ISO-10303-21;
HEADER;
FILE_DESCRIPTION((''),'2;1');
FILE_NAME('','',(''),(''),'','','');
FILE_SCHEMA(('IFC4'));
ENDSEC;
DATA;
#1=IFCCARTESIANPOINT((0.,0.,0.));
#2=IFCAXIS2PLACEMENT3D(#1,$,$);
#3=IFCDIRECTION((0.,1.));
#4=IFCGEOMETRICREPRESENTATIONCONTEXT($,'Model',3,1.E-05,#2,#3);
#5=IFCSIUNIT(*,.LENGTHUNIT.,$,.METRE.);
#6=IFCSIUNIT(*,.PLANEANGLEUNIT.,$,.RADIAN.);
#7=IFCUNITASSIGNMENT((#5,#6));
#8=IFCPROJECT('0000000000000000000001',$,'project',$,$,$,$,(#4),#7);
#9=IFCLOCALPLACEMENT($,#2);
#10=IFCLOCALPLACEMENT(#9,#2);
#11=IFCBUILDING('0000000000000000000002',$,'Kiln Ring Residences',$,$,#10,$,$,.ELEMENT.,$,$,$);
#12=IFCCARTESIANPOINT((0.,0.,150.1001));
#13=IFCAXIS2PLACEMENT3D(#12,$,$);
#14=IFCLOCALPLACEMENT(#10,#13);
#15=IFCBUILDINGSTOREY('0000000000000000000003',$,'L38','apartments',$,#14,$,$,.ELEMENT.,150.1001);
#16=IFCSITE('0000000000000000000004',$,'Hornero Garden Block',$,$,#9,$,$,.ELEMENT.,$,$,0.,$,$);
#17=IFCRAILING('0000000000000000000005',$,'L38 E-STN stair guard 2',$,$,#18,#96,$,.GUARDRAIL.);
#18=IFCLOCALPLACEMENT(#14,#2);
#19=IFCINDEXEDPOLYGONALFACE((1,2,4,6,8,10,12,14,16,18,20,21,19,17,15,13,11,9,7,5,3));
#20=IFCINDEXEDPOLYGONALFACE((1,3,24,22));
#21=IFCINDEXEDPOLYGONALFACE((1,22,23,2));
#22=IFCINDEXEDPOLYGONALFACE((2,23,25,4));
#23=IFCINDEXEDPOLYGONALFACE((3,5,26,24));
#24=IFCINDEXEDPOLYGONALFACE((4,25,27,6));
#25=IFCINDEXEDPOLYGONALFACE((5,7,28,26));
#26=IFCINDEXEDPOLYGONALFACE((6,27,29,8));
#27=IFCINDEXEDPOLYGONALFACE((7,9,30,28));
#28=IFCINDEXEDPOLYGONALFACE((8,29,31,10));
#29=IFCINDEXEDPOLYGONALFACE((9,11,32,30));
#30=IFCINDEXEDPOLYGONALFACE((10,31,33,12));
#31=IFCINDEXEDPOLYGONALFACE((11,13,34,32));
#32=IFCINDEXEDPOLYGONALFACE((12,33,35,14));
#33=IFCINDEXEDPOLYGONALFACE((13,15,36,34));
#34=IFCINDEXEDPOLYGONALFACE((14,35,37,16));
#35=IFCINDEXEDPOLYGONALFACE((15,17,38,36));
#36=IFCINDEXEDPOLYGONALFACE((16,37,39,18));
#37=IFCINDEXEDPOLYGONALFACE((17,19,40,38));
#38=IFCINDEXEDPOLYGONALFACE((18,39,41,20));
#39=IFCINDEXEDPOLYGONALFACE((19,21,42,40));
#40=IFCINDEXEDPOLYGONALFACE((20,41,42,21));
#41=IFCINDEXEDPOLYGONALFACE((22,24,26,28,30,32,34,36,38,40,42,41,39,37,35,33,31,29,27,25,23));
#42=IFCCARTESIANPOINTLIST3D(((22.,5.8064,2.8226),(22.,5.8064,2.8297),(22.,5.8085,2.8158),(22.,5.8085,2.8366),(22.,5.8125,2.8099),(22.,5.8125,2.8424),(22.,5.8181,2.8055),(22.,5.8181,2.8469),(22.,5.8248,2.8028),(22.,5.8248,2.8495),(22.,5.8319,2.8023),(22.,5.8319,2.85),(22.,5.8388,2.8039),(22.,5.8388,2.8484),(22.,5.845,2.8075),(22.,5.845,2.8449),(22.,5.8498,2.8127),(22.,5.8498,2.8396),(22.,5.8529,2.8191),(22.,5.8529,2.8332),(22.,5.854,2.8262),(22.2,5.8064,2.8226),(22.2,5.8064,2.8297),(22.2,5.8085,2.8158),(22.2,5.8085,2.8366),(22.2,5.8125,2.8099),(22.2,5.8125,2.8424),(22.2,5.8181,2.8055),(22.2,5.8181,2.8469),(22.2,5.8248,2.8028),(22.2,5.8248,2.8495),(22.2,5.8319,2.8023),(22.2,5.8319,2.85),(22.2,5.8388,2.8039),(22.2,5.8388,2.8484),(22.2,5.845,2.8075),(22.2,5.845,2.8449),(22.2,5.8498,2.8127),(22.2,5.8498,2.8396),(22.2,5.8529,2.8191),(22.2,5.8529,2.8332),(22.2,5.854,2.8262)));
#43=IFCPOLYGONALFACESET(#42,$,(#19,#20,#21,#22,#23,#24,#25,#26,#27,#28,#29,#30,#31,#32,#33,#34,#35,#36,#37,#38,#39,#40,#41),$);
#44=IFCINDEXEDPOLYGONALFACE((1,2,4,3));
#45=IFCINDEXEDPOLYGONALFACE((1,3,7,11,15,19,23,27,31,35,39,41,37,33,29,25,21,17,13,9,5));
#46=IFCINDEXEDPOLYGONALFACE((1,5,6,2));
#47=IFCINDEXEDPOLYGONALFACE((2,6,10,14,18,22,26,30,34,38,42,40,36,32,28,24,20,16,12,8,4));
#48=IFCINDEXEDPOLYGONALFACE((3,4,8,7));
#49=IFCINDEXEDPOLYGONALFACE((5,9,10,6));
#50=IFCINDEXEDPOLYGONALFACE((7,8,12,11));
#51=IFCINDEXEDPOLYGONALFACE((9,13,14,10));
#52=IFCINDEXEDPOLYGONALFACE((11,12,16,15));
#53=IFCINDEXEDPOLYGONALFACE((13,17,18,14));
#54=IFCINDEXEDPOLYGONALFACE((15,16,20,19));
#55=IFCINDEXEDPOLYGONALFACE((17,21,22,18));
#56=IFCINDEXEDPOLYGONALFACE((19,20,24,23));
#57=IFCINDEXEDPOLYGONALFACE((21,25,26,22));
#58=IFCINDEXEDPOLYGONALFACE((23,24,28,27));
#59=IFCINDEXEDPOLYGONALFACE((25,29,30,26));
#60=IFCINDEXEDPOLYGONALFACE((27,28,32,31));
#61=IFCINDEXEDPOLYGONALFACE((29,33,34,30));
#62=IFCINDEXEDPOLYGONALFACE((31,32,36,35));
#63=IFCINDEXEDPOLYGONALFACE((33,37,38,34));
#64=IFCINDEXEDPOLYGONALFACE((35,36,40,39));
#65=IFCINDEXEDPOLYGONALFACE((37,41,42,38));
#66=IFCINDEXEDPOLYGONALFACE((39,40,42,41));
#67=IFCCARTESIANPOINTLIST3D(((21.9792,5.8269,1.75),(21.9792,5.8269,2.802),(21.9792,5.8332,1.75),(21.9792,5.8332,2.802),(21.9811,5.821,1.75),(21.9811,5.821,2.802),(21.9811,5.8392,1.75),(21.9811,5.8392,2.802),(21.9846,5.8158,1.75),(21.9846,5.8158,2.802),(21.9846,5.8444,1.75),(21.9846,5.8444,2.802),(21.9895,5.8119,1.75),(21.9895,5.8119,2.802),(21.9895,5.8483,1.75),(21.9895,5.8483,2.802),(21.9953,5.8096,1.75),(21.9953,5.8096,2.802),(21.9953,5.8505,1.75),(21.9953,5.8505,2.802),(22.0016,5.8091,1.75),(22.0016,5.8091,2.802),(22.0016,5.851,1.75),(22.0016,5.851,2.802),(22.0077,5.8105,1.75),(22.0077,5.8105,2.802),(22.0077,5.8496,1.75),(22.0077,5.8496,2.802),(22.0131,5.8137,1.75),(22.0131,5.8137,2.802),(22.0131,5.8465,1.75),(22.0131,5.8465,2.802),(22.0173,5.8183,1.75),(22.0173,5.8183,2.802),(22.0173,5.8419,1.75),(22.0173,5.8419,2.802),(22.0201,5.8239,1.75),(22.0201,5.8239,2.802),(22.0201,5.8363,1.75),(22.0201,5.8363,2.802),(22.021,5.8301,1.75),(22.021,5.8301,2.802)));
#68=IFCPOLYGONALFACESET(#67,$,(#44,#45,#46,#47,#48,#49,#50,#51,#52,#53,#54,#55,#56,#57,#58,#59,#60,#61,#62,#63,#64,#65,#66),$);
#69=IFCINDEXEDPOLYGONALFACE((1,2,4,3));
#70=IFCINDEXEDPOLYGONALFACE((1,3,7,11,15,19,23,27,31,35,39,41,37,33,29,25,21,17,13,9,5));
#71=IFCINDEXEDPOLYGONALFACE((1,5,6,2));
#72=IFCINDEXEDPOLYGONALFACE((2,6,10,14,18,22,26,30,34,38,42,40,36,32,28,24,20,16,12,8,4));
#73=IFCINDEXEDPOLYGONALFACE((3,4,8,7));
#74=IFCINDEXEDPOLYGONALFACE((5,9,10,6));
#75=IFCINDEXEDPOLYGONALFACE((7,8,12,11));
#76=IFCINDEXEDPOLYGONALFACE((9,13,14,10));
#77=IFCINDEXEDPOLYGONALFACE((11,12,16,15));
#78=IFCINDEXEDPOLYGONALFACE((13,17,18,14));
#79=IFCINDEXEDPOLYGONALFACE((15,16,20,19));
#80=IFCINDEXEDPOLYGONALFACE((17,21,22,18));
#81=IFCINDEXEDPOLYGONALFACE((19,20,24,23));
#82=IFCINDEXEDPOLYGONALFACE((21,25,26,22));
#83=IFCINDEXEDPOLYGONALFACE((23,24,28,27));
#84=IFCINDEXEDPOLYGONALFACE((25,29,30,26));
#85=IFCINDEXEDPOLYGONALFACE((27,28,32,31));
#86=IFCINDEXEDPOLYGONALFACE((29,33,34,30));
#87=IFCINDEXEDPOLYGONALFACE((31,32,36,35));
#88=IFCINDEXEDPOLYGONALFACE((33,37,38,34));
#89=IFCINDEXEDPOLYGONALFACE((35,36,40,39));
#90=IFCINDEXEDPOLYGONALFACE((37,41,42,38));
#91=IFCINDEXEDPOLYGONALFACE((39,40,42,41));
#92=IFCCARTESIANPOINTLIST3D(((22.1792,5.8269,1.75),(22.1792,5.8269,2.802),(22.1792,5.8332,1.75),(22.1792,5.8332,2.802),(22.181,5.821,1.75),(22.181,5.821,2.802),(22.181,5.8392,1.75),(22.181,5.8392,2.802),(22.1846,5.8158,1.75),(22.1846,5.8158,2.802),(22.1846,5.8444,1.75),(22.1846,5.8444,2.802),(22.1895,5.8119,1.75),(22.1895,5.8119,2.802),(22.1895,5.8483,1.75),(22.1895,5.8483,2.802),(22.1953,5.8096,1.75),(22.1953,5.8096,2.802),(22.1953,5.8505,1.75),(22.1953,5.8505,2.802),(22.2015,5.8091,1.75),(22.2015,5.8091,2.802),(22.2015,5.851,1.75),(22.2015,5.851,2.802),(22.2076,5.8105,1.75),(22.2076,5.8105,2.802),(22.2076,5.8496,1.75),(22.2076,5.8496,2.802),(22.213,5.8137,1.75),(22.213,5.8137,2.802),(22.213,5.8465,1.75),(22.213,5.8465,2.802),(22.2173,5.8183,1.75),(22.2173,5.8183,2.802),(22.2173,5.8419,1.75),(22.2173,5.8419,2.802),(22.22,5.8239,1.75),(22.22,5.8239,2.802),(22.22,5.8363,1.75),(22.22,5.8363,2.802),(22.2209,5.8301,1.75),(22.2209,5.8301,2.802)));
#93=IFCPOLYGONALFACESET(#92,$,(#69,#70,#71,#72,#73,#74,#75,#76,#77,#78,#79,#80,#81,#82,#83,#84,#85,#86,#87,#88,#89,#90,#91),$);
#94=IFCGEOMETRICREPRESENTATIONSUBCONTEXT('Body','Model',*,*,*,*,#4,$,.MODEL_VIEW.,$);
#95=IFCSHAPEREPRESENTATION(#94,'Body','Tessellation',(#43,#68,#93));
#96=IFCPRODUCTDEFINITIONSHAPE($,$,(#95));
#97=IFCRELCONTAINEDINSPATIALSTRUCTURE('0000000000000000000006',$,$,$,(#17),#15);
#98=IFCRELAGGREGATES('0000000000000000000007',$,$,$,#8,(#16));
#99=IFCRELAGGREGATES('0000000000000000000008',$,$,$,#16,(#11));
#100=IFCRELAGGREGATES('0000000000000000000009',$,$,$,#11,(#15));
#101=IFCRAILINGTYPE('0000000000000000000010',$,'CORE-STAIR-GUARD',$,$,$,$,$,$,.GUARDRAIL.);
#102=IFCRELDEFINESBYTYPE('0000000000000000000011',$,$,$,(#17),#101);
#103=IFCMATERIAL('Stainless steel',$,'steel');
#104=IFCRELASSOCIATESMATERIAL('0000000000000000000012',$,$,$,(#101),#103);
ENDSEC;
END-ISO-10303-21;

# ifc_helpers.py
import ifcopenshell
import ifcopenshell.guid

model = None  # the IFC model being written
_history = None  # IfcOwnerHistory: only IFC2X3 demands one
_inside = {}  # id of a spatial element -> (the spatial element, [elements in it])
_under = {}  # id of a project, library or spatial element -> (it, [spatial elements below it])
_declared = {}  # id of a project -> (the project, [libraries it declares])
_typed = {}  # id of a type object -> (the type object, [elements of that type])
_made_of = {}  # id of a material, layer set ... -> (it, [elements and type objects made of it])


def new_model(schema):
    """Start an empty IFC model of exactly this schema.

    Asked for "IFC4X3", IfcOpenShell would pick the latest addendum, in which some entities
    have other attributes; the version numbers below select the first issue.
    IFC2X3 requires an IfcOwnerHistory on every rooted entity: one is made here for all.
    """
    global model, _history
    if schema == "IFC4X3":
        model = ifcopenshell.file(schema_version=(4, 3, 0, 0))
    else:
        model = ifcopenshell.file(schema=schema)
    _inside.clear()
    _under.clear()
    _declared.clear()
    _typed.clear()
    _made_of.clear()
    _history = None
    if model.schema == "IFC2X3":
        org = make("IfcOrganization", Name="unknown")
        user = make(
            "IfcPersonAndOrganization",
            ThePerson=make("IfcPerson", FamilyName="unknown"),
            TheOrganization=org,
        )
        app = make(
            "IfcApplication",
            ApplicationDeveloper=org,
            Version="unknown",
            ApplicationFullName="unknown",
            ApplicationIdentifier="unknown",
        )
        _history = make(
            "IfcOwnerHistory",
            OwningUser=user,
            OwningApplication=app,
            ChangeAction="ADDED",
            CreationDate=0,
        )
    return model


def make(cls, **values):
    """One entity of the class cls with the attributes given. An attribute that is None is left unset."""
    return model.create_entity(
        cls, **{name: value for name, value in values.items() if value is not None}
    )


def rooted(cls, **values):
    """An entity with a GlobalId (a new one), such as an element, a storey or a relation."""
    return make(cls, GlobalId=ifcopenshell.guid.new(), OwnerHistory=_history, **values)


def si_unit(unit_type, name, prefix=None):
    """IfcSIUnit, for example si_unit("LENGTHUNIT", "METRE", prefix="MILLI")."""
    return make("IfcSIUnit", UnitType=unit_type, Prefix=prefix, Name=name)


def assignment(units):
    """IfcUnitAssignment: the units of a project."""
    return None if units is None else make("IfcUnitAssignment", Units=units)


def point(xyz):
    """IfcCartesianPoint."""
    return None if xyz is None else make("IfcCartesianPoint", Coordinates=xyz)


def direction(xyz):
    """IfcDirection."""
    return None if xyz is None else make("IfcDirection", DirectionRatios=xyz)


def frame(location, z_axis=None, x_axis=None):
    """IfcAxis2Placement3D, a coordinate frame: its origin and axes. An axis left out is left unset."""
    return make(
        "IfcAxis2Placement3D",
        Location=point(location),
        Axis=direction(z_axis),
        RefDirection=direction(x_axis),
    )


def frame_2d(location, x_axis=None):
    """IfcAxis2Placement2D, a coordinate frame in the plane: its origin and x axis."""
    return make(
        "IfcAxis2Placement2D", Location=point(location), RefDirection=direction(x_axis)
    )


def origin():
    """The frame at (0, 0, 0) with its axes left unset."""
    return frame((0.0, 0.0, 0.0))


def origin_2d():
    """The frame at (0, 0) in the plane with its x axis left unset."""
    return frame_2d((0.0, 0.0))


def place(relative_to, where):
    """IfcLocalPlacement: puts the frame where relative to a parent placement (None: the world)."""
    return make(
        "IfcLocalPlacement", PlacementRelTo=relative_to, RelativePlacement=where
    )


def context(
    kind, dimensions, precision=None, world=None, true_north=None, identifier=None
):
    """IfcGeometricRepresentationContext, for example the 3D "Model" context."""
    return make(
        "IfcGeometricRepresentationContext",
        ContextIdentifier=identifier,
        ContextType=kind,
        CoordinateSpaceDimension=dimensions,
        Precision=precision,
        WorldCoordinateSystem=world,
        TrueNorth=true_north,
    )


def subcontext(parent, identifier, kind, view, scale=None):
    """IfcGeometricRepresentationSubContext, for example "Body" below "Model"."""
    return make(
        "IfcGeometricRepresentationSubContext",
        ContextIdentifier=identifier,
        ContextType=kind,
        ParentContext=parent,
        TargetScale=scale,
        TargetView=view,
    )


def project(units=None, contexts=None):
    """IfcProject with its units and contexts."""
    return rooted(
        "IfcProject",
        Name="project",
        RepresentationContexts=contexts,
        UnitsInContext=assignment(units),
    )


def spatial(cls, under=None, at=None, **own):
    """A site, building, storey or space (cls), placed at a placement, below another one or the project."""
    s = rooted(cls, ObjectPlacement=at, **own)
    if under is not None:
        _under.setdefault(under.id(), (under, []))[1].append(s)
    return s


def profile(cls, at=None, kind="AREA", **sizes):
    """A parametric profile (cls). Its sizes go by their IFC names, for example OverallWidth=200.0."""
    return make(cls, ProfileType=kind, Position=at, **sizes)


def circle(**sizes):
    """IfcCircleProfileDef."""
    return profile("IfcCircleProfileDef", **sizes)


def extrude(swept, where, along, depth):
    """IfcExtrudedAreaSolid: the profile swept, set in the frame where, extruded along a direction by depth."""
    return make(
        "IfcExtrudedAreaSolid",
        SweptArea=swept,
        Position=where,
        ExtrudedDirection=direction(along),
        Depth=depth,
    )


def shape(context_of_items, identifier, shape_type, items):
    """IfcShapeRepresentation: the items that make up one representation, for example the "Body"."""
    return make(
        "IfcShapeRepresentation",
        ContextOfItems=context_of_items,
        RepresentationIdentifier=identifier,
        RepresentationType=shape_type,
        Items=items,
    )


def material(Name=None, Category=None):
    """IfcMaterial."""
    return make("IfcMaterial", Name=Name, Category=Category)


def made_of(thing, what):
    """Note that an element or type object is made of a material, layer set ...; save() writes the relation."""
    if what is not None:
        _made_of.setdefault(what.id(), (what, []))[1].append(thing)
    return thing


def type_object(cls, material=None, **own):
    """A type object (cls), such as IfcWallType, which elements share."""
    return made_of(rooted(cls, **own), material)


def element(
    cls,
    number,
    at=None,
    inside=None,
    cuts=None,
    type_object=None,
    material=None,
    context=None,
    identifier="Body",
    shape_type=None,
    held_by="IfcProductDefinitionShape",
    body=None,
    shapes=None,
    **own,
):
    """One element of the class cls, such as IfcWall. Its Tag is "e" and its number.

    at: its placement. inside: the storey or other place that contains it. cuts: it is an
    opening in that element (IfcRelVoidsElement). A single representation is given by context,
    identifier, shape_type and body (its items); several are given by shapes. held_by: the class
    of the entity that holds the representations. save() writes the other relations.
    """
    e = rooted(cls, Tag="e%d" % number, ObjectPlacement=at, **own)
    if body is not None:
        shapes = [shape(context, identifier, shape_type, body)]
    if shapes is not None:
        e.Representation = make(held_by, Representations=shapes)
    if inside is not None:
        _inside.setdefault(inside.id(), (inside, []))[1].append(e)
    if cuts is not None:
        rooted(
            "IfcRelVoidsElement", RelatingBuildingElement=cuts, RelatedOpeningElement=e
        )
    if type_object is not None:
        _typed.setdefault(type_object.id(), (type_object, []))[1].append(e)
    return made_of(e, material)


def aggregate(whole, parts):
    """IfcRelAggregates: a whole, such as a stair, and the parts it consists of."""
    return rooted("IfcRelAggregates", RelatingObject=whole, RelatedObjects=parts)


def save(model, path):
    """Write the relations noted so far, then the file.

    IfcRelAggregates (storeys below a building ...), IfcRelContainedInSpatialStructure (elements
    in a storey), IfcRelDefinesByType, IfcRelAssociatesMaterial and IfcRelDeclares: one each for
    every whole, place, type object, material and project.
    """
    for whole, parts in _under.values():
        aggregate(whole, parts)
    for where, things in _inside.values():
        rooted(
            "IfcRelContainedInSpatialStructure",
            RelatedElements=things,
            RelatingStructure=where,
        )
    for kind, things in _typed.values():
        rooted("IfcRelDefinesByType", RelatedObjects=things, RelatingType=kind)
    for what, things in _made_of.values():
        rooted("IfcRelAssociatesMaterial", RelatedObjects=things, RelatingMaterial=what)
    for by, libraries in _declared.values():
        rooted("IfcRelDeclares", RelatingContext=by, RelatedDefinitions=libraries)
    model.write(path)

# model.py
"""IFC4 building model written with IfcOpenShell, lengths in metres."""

from ifc_helpers import new_model, si_unit, direction, frame, origin, origin_2d, place, context, subcontext, project, spatial, circle, extrude, material, type_object, element, save


model = new_model("IFC4")

# Units and contexts
model_context = context("Model", 3, precision=1e-05, world=origin(), true_north=direction((0.0, 1.0)))
body_context = subcontext(model_context, "Body", "Model", "MODEL_VIEW")
ifc_project = project(units=[si_unit("LENGTHUNIT", "METRE"), si_unit("PLANEANGLEUNIT", "RADIAN")], contexts=[model_context])

# Site, building, storey
site_placement = place(None, origin())
site = spatial("IfcSite", under=ifc_project, at=site_placement, Name="Hornero Garden Block", CompositionType="ELEMENT", RefElevation=0.0)
building_placement = place(site_placement, origin())
building = spatial("IfcBuilding", under=site, at=building_placement, Name="Kiln Ring Residences", CompositionType="ELEMENT")
storey_placement = place(building_placement, frame((0.0, 0.0, 150.1001)))
storey = spatial("IfcBuildingStorey", under=building, at=storey_placement, Name="L38", Description="apartments", CompositionType="ELEMENT", Elevation=150.1001)

# Railing
ifc_material_1 = material(Name="Stainless steel", Category="steel")
railing_type_1 = type_object("IfcRailingType", Name="CORE-STAIR-GUARD", PredefinedType="GUARDRAIL", material=ifc_material_1)
railing_1_placement = place(storey_placement, frame((22.0, 5.8301, 1.75)))
element("IfcRailing", 1, at=railing_1_placement, inside=storey, type_object=railing_type_1, Name="L38 E-STN stair guard 2", PredefinedType="GUARDRAIL", context=body_context, shape_type="SweptSolid", body=[
    extrude(circle(Radius=0.0239, at=origin_2d()), frame((0.0, 0.0, 1.0762), z_axis=(1.0, 0.0, 0.0), x_axis=(0.0, 1.0, 0.0)), (0.0, 0.0, 1.0), 0.2),
    extrude(circle(Radius=0.021, at=origin_2d()), origin(), (0.0, 0.0, 1.0), 1.052),
    extrude(circle(Radius=0.021, at=origin_2d()), frame((0.2, 0.0, 0.0)), (0.0, 0.0, 1.0), 1.052),
])

save(model, "model.ifc")
